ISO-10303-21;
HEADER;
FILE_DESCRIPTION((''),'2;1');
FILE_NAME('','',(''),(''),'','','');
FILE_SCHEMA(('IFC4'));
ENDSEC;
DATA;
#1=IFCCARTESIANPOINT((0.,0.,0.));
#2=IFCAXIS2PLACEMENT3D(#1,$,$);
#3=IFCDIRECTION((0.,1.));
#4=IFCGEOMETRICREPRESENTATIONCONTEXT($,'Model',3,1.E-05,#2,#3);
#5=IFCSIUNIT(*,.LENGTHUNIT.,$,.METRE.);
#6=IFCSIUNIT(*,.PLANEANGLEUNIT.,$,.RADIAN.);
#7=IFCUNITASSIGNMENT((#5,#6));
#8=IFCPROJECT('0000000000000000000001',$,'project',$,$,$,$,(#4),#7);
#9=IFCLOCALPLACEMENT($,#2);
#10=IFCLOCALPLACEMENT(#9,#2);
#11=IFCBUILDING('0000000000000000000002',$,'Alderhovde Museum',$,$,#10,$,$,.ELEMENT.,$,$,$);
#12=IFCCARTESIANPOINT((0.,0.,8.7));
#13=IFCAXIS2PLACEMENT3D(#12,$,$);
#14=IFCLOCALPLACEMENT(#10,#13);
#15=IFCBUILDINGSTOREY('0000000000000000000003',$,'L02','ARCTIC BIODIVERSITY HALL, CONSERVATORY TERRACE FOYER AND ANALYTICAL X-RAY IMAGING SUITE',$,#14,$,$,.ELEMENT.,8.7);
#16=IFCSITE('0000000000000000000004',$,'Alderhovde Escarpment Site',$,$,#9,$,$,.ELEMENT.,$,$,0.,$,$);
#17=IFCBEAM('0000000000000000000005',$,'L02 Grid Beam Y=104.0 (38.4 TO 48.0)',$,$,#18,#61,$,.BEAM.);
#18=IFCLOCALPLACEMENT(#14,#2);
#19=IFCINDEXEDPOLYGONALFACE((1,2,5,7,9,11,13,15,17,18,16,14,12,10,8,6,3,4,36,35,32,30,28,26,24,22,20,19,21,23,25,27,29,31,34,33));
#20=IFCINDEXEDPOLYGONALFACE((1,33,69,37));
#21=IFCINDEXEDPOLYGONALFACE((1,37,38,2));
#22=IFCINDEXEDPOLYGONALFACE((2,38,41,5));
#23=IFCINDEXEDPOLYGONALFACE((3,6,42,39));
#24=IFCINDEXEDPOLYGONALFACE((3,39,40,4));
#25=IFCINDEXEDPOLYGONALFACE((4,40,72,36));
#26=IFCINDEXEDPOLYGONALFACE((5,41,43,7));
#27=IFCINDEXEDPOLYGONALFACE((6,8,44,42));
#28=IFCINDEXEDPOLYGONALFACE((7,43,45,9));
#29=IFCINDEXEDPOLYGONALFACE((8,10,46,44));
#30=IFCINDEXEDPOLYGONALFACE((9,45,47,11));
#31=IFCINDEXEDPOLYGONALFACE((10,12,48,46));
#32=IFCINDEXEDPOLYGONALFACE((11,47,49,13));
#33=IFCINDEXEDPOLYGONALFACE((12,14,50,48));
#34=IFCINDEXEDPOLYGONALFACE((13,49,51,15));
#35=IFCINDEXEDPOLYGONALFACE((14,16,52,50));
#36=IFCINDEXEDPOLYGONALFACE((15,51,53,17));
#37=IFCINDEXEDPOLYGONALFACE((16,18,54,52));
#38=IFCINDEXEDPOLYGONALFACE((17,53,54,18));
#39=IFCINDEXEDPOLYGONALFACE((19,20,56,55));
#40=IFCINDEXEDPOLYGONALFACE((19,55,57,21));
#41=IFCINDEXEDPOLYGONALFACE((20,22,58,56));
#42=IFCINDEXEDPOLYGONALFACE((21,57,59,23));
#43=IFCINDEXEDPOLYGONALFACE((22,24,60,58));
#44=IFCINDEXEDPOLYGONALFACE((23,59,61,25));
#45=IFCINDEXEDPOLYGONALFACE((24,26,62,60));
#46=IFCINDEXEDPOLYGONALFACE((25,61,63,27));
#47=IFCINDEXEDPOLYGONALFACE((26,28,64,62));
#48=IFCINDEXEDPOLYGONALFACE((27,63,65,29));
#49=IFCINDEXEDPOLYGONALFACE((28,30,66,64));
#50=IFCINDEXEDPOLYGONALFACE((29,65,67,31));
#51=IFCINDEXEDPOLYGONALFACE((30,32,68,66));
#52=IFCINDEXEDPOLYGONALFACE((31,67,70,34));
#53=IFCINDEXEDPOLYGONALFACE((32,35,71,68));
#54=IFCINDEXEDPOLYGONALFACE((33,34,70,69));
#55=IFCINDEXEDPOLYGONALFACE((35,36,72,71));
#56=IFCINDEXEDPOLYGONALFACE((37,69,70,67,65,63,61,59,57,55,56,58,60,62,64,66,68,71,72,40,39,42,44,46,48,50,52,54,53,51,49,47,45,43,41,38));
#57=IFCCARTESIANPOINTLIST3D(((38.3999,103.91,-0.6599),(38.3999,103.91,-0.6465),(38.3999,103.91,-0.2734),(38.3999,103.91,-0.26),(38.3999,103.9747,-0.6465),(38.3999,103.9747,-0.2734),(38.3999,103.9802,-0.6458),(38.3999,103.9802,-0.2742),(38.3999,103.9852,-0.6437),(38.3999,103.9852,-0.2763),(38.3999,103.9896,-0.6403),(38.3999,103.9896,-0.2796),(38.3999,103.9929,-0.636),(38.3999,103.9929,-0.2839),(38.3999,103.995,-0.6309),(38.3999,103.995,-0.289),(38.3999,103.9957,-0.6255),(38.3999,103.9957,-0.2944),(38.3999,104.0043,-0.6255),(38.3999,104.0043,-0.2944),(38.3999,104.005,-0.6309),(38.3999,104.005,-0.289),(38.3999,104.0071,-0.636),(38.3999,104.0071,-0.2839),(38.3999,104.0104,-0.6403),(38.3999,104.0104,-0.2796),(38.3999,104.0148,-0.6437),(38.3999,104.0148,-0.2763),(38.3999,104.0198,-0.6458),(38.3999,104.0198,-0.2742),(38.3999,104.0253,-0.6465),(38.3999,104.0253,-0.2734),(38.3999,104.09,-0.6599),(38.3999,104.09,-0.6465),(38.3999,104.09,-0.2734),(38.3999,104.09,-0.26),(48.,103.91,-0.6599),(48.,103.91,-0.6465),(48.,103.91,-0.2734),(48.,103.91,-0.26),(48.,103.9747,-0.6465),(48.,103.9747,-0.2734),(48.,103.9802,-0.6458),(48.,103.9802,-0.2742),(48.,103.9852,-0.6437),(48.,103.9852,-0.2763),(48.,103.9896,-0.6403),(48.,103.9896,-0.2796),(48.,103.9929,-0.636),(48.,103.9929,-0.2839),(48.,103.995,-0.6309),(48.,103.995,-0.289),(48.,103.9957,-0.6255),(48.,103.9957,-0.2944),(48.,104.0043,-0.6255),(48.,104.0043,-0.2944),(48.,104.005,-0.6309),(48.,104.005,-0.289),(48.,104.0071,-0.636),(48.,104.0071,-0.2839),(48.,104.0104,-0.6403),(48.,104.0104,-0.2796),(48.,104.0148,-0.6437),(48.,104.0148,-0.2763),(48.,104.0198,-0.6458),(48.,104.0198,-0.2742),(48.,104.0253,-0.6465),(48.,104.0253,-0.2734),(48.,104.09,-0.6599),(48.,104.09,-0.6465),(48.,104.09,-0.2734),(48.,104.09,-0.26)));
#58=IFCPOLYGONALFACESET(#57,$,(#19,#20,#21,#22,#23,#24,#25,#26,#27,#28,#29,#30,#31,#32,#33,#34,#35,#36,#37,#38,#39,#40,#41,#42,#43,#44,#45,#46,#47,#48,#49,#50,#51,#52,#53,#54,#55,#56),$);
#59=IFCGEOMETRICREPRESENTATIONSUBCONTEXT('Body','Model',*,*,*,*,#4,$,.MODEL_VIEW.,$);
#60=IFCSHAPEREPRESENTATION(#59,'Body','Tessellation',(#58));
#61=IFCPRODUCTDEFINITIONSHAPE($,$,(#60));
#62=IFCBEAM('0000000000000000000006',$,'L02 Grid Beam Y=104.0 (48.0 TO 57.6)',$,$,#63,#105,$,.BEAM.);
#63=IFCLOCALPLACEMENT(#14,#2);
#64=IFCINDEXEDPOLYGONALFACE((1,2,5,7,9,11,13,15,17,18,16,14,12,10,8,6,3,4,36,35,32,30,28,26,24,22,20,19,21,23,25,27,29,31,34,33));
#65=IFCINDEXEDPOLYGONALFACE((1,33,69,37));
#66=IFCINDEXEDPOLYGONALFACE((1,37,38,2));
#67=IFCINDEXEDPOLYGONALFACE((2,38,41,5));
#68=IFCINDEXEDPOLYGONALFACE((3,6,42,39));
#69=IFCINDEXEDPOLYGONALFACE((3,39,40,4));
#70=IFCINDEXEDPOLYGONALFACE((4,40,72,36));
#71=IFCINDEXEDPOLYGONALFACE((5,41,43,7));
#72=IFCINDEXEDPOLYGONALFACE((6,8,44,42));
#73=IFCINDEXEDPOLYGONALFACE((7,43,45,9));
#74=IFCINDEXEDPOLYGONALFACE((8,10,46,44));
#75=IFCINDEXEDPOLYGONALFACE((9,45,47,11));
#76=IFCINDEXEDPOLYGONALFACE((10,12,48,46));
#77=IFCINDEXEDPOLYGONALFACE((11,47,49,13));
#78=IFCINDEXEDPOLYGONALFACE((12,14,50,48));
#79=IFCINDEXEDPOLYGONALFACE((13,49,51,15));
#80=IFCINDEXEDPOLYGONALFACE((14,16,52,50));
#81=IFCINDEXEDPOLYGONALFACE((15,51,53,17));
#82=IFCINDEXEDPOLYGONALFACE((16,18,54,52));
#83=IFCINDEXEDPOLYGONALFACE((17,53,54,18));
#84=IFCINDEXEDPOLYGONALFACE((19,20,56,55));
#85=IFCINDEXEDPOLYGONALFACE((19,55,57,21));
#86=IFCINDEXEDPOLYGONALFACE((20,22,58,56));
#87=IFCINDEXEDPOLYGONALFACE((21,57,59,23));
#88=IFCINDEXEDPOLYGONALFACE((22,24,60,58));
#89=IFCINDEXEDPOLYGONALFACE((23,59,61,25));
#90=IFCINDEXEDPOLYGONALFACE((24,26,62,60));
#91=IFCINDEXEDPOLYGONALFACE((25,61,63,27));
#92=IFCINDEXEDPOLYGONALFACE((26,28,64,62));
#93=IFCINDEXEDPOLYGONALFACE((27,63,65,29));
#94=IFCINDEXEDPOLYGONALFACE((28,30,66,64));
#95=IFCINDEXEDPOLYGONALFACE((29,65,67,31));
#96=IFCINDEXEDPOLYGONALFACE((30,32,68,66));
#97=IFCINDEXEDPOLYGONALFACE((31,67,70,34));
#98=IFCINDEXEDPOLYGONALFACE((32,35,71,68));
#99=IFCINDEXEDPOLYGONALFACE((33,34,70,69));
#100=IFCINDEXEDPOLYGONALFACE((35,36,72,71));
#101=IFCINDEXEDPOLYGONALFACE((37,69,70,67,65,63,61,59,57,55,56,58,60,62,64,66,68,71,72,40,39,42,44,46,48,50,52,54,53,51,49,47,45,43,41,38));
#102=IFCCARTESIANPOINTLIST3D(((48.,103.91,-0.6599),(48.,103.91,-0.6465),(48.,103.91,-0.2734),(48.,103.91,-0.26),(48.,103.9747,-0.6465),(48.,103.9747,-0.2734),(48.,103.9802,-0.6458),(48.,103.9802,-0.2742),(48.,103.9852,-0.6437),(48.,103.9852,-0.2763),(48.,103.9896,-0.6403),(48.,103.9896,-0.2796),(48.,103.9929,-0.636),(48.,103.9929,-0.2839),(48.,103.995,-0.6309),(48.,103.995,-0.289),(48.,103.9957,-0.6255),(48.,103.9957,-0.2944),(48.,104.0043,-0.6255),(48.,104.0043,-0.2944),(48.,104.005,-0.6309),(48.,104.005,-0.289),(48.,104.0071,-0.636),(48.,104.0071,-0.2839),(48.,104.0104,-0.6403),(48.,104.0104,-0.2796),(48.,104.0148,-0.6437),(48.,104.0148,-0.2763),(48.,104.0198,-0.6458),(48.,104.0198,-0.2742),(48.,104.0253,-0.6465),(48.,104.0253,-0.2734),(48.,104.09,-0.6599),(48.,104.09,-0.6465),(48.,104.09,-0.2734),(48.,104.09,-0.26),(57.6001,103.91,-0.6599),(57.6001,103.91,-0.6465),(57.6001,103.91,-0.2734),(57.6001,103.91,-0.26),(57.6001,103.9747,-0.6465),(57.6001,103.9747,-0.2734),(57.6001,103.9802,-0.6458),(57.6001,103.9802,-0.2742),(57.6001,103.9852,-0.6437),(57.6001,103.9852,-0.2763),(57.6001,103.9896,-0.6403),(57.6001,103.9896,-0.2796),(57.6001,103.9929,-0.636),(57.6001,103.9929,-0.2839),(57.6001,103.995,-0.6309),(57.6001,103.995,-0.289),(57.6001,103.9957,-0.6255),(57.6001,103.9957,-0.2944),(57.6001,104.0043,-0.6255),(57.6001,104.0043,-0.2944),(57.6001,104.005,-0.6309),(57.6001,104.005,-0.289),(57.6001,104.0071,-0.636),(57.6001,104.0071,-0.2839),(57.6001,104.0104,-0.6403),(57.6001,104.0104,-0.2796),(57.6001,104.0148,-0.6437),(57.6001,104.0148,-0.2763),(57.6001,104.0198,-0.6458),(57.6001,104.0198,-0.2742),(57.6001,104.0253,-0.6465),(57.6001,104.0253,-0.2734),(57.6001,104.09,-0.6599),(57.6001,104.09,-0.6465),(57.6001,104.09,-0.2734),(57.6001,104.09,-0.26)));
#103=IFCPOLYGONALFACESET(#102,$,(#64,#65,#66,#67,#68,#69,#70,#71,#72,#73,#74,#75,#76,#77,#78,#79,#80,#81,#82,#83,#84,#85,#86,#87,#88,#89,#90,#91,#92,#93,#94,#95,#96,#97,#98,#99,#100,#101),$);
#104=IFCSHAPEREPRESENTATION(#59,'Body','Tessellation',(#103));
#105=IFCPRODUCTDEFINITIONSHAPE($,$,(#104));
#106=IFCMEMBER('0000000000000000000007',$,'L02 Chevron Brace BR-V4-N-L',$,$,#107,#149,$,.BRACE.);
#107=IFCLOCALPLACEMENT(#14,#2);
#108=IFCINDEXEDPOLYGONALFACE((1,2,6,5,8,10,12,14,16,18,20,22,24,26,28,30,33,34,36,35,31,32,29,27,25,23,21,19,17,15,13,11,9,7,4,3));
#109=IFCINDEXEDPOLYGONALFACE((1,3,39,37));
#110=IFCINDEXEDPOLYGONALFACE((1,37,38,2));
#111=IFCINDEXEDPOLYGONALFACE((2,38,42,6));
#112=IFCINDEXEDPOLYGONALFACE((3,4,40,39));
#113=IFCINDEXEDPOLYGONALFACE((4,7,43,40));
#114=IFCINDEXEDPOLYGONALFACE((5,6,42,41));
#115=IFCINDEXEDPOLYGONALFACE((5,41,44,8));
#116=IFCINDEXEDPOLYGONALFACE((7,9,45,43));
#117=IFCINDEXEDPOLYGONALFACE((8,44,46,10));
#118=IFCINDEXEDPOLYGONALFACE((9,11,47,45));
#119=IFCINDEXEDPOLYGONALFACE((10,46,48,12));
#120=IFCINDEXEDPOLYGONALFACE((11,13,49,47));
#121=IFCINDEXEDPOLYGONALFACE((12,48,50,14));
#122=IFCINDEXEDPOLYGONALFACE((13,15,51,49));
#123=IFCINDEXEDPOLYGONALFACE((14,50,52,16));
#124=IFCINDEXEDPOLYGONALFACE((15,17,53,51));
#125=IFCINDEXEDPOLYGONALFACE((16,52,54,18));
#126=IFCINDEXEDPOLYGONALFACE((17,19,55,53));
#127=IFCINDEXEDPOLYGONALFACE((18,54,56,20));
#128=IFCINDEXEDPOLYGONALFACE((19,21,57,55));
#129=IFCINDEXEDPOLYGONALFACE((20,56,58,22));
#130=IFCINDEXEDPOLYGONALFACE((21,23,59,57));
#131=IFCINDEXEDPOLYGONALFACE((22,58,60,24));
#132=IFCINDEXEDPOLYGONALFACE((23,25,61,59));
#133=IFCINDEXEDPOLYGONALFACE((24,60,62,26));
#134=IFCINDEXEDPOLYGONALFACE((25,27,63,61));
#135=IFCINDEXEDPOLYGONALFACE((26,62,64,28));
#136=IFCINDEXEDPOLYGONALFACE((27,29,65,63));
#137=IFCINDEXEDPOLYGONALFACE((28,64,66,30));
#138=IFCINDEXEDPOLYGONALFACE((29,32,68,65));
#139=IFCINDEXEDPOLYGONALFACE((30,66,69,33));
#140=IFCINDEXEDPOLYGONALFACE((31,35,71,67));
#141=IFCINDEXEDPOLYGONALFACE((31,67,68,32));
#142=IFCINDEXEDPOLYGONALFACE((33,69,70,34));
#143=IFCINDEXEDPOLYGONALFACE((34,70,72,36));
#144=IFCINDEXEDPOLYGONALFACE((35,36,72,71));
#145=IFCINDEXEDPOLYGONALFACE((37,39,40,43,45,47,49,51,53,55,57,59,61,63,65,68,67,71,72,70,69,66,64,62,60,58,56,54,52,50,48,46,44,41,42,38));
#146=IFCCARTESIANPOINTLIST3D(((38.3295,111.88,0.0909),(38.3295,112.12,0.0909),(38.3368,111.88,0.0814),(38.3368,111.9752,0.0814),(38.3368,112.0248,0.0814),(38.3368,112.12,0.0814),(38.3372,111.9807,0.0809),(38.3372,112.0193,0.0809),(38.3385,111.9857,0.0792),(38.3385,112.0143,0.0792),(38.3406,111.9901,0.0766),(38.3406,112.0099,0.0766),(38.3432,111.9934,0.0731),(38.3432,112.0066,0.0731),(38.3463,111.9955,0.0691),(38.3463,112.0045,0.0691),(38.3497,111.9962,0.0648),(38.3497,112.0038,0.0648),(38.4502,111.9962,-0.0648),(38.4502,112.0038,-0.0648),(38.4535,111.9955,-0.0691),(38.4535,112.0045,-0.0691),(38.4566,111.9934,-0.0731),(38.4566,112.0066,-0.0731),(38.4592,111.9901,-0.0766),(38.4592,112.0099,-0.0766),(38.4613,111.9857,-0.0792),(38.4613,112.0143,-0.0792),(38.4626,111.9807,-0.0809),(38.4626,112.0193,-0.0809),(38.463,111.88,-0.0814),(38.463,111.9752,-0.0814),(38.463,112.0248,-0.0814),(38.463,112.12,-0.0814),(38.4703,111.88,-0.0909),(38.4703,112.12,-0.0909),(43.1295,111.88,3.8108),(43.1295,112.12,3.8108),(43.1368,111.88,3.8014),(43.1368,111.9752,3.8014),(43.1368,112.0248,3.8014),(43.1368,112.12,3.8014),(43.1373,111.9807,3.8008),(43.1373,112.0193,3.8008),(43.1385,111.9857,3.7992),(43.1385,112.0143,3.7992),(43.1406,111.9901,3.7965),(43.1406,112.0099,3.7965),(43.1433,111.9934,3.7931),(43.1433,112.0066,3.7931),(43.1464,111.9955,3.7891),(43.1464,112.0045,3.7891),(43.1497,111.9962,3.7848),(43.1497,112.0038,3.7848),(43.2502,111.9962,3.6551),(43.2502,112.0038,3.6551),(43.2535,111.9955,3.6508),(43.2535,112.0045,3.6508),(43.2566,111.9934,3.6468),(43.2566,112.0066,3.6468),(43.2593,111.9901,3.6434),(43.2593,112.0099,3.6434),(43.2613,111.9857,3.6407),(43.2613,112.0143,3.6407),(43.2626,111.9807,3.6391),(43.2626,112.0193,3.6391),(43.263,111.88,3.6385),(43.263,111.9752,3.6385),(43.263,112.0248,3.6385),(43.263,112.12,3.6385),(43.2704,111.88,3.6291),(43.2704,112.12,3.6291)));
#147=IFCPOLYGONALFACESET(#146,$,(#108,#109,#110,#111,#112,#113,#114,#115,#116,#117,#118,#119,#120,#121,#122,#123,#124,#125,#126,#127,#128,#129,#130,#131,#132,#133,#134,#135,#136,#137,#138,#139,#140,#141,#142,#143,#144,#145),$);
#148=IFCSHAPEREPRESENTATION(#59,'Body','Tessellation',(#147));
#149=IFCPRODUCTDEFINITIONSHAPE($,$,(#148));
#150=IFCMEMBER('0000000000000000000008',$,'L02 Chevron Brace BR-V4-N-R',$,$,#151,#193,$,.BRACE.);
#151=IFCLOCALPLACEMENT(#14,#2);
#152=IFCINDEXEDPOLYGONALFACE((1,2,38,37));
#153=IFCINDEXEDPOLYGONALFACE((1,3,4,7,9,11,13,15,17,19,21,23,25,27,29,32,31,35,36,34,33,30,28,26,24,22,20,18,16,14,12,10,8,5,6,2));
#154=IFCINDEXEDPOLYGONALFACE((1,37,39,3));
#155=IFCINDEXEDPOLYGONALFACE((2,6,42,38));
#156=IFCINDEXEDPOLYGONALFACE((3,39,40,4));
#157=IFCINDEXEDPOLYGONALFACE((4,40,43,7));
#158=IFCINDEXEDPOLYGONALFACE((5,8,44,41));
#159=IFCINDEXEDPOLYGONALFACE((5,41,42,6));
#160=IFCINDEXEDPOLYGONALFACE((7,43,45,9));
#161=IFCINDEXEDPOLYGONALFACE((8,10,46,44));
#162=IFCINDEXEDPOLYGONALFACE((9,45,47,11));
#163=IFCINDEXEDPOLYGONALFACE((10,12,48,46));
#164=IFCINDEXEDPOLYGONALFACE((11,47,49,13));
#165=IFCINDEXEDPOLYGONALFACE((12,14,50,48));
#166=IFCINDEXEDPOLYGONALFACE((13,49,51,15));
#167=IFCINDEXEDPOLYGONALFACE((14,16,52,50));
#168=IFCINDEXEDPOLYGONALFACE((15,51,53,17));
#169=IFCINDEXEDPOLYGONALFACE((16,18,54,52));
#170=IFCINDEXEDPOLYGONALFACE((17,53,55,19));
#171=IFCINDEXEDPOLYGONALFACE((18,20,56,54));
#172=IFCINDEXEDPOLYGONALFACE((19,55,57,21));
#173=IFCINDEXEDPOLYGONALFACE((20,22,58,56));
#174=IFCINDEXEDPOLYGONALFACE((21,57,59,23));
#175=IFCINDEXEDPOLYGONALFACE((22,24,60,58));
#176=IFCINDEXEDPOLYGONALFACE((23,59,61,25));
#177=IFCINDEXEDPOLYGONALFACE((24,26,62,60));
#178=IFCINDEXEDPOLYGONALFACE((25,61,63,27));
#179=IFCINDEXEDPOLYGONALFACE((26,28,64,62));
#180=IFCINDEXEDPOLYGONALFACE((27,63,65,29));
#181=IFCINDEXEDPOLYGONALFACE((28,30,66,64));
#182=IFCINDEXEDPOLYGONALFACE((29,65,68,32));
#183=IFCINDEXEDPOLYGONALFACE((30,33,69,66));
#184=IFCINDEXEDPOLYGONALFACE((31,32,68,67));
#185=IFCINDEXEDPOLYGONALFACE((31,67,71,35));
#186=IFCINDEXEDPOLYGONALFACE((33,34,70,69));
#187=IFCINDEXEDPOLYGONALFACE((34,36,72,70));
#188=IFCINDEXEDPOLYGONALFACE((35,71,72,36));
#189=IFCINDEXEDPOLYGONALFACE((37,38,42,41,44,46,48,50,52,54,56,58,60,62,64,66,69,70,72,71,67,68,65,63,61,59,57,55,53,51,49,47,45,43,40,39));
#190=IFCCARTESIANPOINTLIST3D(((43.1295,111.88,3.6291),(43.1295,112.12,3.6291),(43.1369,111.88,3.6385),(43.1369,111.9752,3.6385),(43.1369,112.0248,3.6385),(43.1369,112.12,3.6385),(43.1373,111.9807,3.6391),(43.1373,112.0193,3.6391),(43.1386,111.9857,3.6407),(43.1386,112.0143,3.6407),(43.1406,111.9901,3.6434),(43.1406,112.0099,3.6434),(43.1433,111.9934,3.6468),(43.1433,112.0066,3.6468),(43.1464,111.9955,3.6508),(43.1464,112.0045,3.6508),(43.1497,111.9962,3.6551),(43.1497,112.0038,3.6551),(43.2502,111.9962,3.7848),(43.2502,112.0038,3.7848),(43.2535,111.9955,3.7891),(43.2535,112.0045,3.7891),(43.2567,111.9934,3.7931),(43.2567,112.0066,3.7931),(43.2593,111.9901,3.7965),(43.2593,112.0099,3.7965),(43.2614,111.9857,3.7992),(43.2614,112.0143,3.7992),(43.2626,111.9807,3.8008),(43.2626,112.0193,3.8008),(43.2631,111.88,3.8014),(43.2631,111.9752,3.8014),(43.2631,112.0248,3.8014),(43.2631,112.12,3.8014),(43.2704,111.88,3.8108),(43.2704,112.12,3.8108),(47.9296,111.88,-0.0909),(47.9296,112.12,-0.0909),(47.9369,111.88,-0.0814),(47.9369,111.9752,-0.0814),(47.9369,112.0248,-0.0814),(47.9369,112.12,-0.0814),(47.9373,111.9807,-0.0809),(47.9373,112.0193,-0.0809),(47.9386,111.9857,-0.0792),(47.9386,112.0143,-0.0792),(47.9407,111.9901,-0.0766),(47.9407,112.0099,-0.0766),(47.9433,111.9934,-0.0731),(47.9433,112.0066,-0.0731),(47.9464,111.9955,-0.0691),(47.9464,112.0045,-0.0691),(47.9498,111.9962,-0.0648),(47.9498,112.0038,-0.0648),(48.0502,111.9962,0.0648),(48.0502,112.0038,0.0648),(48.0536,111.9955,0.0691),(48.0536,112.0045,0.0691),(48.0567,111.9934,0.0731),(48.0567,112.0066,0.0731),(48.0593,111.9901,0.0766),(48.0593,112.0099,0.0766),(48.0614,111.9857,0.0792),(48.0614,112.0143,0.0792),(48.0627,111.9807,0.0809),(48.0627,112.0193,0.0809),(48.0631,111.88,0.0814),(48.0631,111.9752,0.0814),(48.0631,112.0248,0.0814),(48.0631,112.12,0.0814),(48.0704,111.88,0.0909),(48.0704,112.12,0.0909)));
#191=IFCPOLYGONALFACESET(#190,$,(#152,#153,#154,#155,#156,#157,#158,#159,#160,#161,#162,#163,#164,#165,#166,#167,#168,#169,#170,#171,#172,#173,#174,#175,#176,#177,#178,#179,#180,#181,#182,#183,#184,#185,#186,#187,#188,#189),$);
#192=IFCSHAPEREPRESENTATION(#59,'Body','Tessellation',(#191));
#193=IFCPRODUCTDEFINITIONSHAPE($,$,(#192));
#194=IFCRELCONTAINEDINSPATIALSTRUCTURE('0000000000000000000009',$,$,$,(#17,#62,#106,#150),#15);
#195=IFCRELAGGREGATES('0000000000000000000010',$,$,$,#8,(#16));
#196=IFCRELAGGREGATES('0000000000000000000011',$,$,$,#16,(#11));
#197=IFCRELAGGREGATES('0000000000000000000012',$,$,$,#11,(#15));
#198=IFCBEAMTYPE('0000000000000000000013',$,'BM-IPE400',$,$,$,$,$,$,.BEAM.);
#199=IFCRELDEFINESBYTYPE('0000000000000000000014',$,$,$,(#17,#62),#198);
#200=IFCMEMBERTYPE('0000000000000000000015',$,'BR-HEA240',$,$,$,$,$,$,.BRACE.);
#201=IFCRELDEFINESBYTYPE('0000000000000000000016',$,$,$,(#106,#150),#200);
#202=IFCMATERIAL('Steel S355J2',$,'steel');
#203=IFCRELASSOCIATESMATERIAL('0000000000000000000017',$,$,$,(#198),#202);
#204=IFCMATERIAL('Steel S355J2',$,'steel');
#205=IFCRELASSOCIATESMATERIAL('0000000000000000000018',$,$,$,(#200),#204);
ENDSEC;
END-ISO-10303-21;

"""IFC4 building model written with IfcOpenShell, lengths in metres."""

from ifc_helpers import new_model, si_unit, direction, frame, origin, origin_2d, place, context, subcontext, project, spatial, i_section, extrude, material, material_profile, profile_set, type_object, element, save


model = new_model("IFC4")

# Units and contexts
model_context = context("Model", 3, precision=1e-05, world=origin(), true_north=direction((0.0, 1.0)))
body_context = subcontext(model_context, "Body", "Model", "MODEL_VIEW")
ifc_project = project(units=[si_unit("LENGTHUNIT", "METRE"), si_unit("PLANEANGLEUNIT", "RADIAN")], contexts=[model_context])

# Site, building, storey
site_placement = place(None, origin())
site = spatial("IfcSite", under=ifc_project, at=site_placement, Name="Alderhovde Escarpment Site", CompositionType="ELEMENT", RefElevation=0.0)
building_placement = place(site_placement, origin())
building = spatial("IfcBuilding", under=site, at=building_placement, Name="Alderhovde Museum", CompositionType="ELEMENT")
storey_placement = place(building_placement, frame((0.0, 0.0, 8.7)))
storey = spatial("IfcBuildingStorey", under=building, at=storey_placement, Name="L02", Description="ARCTIC BIODIVERSITY HALL, CONSERVATORY TERRACE FOYER AND ANALYTICAL X-RAY IMAGING SUITE", CompositionType="ELEMENT", Elevation=8.7)

# Beams
ifc_material_1 = material(Name="Steel S355J2", Category="steel")
ifc_material_profile_1 = material_profile(ifc_material_1, i_section(OverallWidth=0.1799, OverallDepth=0.3999, WebThickness=0.0085, FlangeThickness=0.0134, FilletRadius=0.021, at=origin_2d()), Name="IPE 400")
ifc_profile_set_1 = profile_set([ifc_material_profile_1], Name="Steel S355J2")
beam_type_1 = type_object("IfcBeamType", Name="BM-IPE400", PredefinedType="BEAM", material=ifc_profile_set_1)
for number, where, z_axis, x_axis, name in (
    (1, (38.3999, 104.0, -0.46), (1.0, 0.0, 0.0), (0.0, 1.0, 0.0), "L02 Grid Beam Y=104.0 (38.4 TO 48.0)"),
    (2, (48.0, 104.0, -0.46), (1.0, 0.0, 0.0), (0.0, 1.0, 0.0), "L02 Grid Beam Y=104.0 (48.0 TO 57.6)"),
):
    element("IfcBeam", number, at=place(storey_placement, frame(where, z_axis=z_axis, x_axis=x_axis)), inside=storey, type_object=beam_type_1, Name=name, PredefinedType="BEAM", context=body_context, shape_type="SweptSolid", body=[
        extrude(i_section(OverallWidth=0.1799, OverallDepth=0.3999, WebThickness=0.0085, FlangeThickness=0.0134, FilletRadius=0.021, at=origin_2d()), origin(), (0.0, 0.0, 1.0), 9.6001),
    ])

# Members
ifc_material_2 = material(Name="Steel S355J2", Category="steel")
ifc_material_profile_2 = material_profile(ifc_material_2, i_section(OverallWidth=0.24, OverallDepth=0.23, WebThickness=0.0076, FlangeThickness=0.012, FilletRadius=0.021, at=origin_2d()), Name="HEA 240")
ifc_profile_set_2 = profile_set([ifc_material_profile_2], Name="Steel S355J2")
member_type = type_object("IfcMemberType", Name="BR-HEA240", PredefinedType="BRACE", material=ifc_profile_set_2)
for number, where, z_axis, x_axis, name in (
    (3, (38.3999, 112.0, 0.0), (0.79042, 0.0, 0.612565), (0.0, 1.0, 0.0), "L02 Chevron Brace BR-V4-N-L"),
    (4, (48.0, 112.0, 0.0), (-0.79042, 0.0, 0.612565), (0.0, -1.0, 0.0), "L02 Chevron Brace BR-V4-N-R"),
):
    element("IfcMember", number, at=place(storey_placement, frame(where, z_axis=z_axis, x_axis=x_axis)), inside=storey, type_object=member_type, Name=name, PredefinedType="BRACE", context=body_context, shape_type="SweptSolid", body=[
        extrude(i_section(OverallWidth=0.24, OverallDepth=0.23, WebThickness=0.0076, FlangeThickness=0.012, FilletRadius=0.021, at=origin_2d()), origin(), (0.0, 0.0, 1.0), 6.0728),
    ])

save(model, "model.ifc")
